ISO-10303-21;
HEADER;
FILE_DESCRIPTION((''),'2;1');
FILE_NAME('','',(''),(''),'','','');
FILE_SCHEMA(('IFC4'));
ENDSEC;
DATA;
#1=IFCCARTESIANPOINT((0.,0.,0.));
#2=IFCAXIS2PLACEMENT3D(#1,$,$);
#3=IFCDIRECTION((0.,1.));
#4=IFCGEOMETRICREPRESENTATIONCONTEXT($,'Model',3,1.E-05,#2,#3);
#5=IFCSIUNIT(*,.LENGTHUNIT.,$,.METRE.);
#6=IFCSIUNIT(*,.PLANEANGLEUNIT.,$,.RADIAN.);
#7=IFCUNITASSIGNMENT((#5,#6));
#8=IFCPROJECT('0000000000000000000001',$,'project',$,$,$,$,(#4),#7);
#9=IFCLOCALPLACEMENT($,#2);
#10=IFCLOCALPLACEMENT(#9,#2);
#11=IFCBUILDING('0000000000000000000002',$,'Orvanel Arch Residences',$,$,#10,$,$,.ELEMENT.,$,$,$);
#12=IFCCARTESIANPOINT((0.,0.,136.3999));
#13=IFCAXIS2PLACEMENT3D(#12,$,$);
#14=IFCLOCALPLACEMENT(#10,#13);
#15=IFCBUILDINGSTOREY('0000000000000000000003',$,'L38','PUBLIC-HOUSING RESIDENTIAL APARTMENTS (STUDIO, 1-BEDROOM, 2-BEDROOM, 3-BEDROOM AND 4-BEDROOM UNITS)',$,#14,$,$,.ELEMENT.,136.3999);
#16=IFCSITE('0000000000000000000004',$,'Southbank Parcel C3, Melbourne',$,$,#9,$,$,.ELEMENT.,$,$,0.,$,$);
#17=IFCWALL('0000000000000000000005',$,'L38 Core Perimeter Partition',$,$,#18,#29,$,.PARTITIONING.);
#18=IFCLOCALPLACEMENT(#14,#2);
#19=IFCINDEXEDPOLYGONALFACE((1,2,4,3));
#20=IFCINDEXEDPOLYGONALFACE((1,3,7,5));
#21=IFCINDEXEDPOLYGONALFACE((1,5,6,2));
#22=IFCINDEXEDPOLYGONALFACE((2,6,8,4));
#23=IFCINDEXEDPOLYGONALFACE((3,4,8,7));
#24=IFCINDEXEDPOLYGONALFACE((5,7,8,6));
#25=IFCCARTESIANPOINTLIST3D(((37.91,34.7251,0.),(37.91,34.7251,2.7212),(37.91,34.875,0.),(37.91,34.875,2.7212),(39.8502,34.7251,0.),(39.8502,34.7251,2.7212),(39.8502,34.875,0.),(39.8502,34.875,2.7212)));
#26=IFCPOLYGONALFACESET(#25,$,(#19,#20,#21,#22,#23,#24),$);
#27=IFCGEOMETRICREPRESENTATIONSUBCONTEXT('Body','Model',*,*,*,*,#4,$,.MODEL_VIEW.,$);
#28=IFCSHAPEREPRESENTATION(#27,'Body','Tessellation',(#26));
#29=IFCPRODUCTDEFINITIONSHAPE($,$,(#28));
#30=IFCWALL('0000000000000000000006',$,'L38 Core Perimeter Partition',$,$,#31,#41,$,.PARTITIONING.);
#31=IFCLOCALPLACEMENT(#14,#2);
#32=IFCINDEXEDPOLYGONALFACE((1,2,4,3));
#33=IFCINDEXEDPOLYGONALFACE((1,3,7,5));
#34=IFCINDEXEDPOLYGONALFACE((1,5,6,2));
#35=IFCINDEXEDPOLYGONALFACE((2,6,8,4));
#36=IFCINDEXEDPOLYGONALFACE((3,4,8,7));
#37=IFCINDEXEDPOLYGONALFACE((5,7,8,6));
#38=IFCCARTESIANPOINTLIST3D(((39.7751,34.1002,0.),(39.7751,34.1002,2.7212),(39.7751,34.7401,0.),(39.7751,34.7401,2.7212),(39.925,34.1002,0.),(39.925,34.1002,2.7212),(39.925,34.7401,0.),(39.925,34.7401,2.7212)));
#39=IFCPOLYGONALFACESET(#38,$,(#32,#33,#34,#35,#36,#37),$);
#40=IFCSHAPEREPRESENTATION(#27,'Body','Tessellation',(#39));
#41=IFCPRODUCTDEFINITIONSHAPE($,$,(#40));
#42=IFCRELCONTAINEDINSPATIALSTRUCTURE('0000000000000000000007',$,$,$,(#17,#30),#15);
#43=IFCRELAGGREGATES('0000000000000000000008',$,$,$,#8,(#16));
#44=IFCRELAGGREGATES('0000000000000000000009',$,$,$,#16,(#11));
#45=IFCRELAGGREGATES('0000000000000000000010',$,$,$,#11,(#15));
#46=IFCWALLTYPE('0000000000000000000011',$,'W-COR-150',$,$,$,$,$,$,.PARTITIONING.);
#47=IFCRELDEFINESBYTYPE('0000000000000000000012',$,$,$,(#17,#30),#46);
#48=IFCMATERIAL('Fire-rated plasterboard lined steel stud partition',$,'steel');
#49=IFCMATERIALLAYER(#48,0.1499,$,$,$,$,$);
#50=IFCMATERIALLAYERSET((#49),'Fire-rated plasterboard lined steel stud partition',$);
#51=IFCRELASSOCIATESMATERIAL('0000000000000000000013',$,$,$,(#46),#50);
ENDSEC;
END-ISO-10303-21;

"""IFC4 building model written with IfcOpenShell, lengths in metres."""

from ifc_helpers import new_model, si_unit, direction, frame, frame_2d, origin, place, context, subcontext, project, spatial, rectangle, extrude, material, layer, layer_set, type_object, element, save


model = new_model("IFC4")

# Units and contexts
model_context = context("Model", 3, precision=1e-05, world=origin(), true_north=direction((0.0, 1.0)))
body_context = subcontext(model_context, "Body", "Model", "MODEL_VIEW")
ifc_project = project(units=[si_unit("LENGTHUNIT", "METRE"), si_unit("PLANEANGLEUNIT", "RADIAN")], contexts=[model_context])

# Site, building, storey
site_placement = place(None, origin())
site = spatial("IfcSite", under=ifc_project, at=site_placement, Name="Southbank Parcel C3, Melbourne", CompositionType="ELEMENT", RefElevation=0.0)
building_placement = place(site_placement, origin())
building = spatial("IfcBuilding", under=site, at=building_placement, Name="Orvanel Arch Residences", CompositionType="ELEMENT")
storey_placement = place(building_placement, frame((0.0, 0.0, 136.3999)))
storey = spatial("IfcBuildingStorey", under=building, at=storey_placement, Name="L38", Description="PUBLIC-HOUSING RESIDENTIAL APARTMENTS (STUDIO, 1-BEDROOM, 2-BEDROOM, 3-BEDROOM AND 4-BEDROOM UNITS)", CompositionType="ELEMENT", Elevation=136.3999)

# Walls
ifc_material_1 = material(Name="Fire-rated plasterboard lined steel stud partition", Category="steel")
ifc_layer_1 = layer(ifc_material_1, 0.1499)
ifc_layer_set_1 = layer_set([ifc_layer_1], Name="Fire-rated plasterboard lined steel stud partition")
wall_type_1 = type_object("IfcWallType", Name="W-COR-150", PredefinedType="PARTITIONING", material=ifc_layer_set_1)
wall_1_placement = place(storey_placement, frame((37.9099, 34.8, 0.0), z_axis=(0.0, 0.0, 1.0), x_axis=(1.0, 0.0, 0.0)))
element("IfcWall", 1, at=wall_1_placement, inside=storey, type_object=wall_type_1, Name="L38 Core Perimeter Partition", PredefinedType="PARTITIONING", context=body_context, shape_type="SweptSolid", body=[
    extrude(rectangle(XDim=1.9402, YDim=0.1499, at=frame_2d((0.9702, 0.0))), origin(), (0.0, 0.0, 1.0), 2.7212),
])
wall_2_placement = place(storey_placement, frame((39.8501, 34.74, 0.0), z_axis=(0.0, 0.0, 1.0), x_axis=(0.0, -1.0, 0.0)))
element("IfcWall", 2, at=wall_2_placement, inside=storey, type_object=wall_type_1, Name="L38 Core Perimeter Partition", PredefinedType="PARTITIONING", context=body_context, shape_type="SweptSolid", body=[
    extrude(rectangle(XDim=0.6399, YDim=0.1499, at=frame_2d((0.3198, 0.0))), origin(), (0.0, 0.0, 1.0), 2.7212),
])

save(model, "model.ifc")
